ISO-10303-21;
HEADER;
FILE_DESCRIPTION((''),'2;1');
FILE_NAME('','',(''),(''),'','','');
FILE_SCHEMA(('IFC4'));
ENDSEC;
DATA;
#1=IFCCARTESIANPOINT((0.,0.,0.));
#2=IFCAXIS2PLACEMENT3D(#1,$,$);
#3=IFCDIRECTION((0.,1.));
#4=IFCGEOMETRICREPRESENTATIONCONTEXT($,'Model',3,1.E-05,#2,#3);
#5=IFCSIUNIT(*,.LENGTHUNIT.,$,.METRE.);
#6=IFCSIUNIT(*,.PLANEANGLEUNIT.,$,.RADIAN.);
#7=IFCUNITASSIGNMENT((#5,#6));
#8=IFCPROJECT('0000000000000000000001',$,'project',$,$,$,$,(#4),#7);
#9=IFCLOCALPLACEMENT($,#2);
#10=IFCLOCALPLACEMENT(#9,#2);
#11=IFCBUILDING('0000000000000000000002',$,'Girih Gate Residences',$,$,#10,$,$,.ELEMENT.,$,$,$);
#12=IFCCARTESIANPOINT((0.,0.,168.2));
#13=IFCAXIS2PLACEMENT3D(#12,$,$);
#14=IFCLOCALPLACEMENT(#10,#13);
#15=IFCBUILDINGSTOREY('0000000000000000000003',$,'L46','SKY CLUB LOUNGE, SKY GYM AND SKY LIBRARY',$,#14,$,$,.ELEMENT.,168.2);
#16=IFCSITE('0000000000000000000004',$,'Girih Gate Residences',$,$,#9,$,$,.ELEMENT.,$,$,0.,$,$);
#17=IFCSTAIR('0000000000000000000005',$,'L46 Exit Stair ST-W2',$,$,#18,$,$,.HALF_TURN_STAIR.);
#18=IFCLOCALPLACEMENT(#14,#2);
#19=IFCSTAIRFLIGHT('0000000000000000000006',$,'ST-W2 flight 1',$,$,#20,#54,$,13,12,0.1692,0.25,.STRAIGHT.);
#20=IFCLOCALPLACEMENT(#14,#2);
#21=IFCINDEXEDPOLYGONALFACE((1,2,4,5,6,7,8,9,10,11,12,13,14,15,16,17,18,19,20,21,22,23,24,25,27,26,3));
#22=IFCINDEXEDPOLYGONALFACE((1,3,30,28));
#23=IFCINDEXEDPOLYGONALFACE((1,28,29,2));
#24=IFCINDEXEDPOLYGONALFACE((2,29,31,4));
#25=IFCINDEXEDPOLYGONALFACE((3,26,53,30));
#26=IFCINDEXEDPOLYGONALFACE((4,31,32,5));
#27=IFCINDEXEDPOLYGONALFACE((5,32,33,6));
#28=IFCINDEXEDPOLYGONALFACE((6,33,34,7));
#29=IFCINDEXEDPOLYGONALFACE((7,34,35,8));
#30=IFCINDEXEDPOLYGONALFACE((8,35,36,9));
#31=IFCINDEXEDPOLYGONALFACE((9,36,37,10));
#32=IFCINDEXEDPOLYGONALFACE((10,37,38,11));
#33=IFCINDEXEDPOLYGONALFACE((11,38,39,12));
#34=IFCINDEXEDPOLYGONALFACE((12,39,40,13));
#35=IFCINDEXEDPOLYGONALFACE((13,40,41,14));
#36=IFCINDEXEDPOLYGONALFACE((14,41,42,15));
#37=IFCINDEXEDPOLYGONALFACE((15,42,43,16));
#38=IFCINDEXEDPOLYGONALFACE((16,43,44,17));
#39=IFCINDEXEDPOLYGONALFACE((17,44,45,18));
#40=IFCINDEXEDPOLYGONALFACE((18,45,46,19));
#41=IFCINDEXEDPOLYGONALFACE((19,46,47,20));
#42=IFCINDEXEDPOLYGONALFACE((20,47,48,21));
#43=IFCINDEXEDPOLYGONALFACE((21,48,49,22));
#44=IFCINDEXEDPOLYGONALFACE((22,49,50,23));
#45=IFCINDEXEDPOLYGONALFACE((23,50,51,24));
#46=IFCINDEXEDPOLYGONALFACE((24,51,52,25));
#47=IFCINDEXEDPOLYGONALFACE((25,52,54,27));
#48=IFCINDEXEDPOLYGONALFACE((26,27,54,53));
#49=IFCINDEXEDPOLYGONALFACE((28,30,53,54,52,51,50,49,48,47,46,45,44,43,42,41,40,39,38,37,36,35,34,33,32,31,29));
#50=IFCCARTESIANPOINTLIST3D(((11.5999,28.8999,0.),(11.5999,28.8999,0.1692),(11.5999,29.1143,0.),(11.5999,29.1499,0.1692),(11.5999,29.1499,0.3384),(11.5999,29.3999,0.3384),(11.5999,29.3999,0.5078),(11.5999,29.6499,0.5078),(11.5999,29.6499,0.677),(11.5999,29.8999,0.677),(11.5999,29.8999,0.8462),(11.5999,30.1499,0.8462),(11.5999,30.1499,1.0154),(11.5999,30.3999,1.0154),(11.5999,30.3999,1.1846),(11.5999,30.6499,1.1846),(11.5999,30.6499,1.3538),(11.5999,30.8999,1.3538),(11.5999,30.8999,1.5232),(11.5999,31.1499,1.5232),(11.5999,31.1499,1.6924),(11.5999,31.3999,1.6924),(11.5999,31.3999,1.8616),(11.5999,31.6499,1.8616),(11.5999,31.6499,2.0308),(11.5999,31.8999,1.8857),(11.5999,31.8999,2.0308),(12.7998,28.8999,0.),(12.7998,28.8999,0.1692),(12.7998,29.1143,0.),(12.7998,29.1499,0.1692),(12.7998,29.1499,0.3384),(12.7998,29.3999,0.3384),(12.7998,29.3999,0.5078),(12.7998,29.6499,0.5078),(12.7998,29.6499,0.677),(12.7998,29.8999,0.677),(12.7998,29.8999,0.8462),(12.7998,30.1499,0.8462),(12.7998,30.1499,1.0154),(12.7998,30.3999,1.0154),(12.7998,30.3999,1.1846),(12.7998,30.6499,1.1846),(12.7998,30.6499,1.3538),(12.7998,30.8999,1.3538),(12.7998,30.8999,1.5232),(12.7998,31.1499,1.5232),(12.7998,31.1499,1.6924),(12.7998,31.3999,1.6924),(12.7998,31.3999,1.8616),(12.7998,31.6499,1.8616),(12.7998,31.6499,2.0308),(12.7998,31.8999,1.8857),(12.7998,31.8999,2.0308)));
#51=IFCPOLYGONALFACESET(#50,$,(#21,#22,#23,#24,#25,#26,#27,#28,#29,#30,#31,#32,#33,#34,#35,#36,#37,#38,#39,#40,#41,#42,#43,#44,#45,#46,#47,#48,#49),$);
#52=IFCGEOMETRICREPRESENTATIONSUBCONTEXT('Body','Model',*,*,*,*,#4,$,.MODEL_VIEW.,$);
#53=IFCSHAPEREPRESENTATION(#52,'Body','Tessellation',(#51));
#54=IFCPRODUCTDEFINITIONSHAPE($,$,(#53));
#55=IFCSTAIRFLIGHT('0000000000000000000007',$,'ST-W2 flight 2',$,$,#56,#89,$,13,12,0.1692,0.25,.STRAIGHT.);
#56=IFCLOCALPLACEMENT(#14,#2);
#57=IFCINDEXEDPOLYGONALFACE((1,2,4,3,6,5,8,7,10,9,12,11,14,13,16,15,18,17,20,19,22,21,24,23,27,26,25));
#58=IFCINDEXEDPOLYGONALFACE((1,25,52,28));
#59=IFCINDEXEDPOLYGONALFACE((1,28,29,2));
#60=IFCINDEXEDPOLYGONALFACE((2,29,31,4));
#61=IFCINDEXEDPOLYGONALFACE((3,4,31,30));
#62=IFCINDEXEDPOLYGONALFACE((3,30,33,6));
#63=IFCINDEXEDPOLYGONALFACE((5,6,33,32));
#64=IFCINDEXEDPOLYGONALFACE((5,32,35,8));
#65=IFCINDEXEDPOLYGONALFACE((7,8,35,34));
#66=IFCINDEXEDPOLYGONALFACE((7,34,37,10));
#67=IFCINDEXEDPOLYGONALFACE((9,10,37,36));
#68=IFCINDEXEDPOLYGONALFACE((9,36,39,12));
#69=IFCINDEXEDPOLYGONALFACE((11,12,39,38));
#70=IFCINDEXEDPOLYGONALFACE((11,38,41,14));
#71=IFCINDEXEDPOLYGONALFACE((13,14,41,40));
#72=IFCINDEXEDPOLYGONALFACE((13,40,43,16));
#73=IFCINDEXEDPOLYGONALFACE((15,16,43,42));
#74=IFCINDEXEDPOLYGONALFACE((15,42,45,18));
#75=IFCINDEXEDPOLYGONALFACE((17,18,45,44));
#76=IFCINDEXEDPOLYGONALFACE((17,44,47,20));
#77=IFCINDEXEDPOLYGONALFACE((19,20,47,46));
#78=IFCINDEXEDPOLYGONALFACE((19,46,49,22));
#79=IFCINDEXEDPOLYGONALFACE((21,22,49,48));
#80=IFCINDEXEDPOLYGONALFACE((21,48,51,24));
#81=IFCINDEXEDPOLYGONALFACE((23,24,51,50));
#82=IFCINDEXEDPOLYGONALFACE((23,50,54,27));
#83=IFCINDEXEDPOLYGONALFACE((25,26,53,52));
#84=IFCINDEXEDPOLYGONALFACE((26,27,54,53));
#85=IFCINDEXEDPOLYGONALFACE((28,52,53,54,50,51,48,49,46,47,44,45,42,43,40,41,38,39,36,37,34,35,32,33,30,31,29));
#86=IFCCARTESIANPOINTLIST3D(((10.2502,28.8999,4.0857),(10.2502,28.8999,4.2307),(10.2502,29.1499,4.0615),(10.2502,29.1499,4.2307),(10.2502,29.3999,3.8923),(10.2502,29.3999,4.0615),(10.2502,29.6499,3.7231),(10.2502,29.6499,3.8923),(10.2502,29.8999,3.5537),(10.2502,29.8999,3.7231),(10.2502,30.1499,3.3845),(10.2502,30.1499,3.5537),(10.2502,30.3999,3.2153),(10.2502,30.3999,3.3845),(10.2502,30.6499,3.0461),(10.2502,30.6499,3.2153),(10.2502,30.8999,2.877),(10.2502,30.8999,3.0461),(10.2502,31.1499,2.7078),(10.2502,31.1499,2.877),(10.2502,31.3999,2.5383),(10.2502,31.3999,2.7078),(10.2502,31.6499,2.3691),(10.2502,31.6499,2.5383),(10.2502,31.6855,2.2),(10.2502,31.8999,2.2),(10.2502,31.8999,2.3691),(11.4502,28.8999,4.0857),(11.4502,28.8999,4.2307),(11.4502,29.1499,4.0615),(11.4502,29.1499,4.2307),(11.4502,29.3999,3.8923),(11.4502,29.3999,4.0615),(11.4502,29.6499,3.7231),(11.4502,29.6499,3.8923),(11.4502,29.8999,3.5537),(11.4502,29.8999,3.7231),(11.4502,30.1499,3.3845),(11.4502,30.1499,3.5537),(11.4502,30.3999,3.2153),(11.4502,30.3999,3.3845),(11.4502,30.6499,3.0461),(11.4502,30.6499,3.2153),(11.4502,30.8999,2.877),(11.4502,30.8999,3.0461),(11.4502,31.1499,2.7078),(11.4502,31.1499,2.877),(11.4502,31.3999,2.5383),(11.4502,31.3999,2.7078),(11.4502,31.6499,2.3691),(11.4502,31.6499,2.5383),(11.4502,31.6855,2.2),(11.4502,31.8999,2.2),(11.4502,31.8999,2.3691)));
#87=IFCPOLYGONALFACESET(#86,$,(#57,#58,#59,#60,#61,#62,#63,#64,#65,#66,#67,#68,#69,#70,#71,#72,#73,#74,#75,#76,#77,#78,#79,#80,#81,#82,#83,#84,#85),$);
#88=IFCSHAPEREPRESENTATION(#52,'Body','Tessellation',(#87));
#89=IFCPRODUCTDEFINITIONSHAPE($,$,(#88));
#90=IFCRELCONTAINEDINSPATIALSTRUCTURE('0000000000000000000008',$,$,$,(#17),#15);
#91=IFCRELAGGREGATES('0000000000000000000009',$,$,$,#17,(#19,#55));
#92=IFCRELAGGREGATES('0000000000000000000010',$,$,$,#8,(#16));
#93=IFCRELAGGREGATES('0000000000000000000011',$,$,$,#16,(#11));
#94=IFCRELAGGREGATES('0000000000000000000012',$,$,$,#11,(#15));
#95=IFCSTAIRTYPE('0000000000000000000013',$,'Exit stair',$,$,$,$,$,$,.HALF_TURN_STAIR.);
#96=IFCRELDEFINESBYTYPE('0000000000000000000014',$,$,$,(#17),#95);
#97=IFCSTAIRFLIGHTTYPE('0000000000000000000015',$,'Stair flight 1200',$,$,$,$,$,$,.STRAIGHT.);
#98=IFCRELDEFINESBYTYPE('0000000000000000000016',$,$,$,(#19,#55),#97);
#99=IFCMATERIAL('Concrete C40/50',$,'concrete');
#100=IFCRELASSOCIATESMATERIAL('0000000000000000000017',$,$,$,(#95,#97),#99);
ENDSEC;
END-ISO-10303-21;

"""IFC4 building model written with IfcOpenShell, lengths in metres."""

from ifc_helpers import new_model, si_unit, direction, frame, origin, place, context, subcontext, project, spatial, polyline, outline, extrude, material, type_object, element, aggregate, save


model = new_model("IFC4")

# Units and contexts
model_context = context("Model", 3, precision=1e-05, world=origin(), true_north=direction((0.0, 1.0)))
body_context = subcontext(model_context, "Body", "Model", "MODEL_VIEW")
ifc_project = project(units=[si_unit("LENGTHUNIT", "METRE"), si_unit("PLANEANGLEUNIT", "RADIAN")], contexts=[model_context])

# Site, building, storey
site_placement = place(None, origin())
site = spatial("IfcSite", under=ifc_project, at=site_placement, Name="Girih Gate Residences", CompositionType="ELEMENT", RefElevation=0.0)
building_placement = place(site_placement, origin())
building = spatial("IfcBuilding", under=site, at=building_placement, Name="Girih Gate Residences", CompositionType="ELEMENT")
storey_placement = place(building_placement, frame((0.0, 0.0, 168.2)))
storey = spatial("IfcBuildingStorey", under=building, at=storey_placement, Name="L46", Description="SKY CLUB LOUNGE, SKY GYM AND SKY LIBRARY", CompositionType="ELEMENT", Elevation=168.2)

# Shared definitions
ifc_material_1 = material(Name="Concrete C40/50", Category="concrete")

# Stair, stair flights
stair_type = type_object("IfcStairType", Name="Exit stair", PredefinedType="HALF_TURN_STAIR", material=ifc_material_1)
stair_placement = place(storey_placement, origin())
stair = element("IfcStair", 1, at=stair_placement, inside=storey, type_object=stair_type, Name="L46 Exit Stair ST-W2", PredefinedType="HALF_TURN_STAIR")
stair_flight_type = type_object("IfcStairFlightType", Name="Stair flight 1200", PredefinedType="STRAIGHT", material=ifc_material_1)
stair_flight_1_placement = place(storey_placement, frame((12.2, 28.8999, 0.0), z_axis=(0.0, 0.0, 1.0), x_axis=(0.0, 1.0, 0.0)))
stair_flight_1 = element("IfcStairFlight", 2, at=stair_flight_1_placement, type_object=stair_flight_type, Name="ST-W2 flight 1", NumberOfRisers=13, NumberOfTreads=12, PredefinedType="STRAIGHT", RiserHeight=0.1692, TreadLength=0.25, context=body_context, shape_type="SweptSolid", body=[
    extrude(outline(polyline([(0.0, 0.0), (0.0, 0.1692), (0.25, 0.1692), (0.25, 0.3384), (0.5, 0.3384), (0.5, 0.5078), (0.75, 0.5078), (0.75, 0.677), (1.0, 0.677), (1.0, 0.8462), (1.25, 0.8462), (1.25, 1.0154), (1.5, 1.0154), (1.5, 1.1846), (1.75, 1.1846), (1.75, 1.3538), (2.0, 1.3538), (2.0, 1.5232), (2.25, 1.5232), (2.25, 1.6924), (2.5, 1.6924), (2.5, 1.8616), (2.75, 1.8616), (2.75, 2.0308), (3.0, 2.0308), (3.0, 2.2), (3.0, 1.8857), (0.2144, 0.0), (0.0, 0.0)])), frame((0.0, 0.6001, 0.0), z_axis=(0.0, -1.0, 0.0), x_axis=(1.0, 0.0, 0.0)), (0.0, 0.0, 1.0), 1.2),
])
stair_flight_2_placement = place(storey_placement, frame((10.8501, 31.8999, 2.2), z_axis=(0.0, 0.0, 1.0), x_axis=(0.0, -1.0, 0.0)))
stair_flight_2 = element("IfcStairFlight", 3, at=stair_flight_2_placement, type_object=stair_flight_type, Name="ST-W2 flight 2", NumberOfRisers=13, NumberOfTreads=12, PredefinedType="STRAIGHT", RiserHeight=0.1692, TreadLength=0.25, context=body_context, shape_type="SweptSolid", body=[
    extrude(outline(polyline([(0.0, 0.0), (0.0, 0.1692), (0.25, 0.1692), (0.25, 0.3384), (0.5, 0.3384), (0.5, 0.5078), (0.75, 0.5078), (0.75, 0.677), (1.0, 0.677), (1.0, 0.8462), (1.25, 0.8462), (1.25, 1.0154), (1.5, 1.0154), (1.5, 1.1846), (1.75, 1.1846), (1.75, 1.3538), (2.0, 1.3538), (2.0, 1.5232), (2.25, 1.5232), (2.25, 1.6924), (2.5, 1.6924), (2.5, 1.8616), (2.75, 1.8616), (2.75, 2.0308), (3.0, 2.0308), (3.0, 2.2), (3.0, 1.8857), (0.2144, 0.0), (0.0, 0.0)])), frame((0.0, 0.6001, 0.0), z_axis=(0.0, -1.0, 0.0), x_axis=(1.0, 0.0, 0.0)), (0.0, 0.0, 1.0), 1.2),
])
aggregate(stair, [stair_flight_1, stair_flight_2])

save(model, "model.ifc")
